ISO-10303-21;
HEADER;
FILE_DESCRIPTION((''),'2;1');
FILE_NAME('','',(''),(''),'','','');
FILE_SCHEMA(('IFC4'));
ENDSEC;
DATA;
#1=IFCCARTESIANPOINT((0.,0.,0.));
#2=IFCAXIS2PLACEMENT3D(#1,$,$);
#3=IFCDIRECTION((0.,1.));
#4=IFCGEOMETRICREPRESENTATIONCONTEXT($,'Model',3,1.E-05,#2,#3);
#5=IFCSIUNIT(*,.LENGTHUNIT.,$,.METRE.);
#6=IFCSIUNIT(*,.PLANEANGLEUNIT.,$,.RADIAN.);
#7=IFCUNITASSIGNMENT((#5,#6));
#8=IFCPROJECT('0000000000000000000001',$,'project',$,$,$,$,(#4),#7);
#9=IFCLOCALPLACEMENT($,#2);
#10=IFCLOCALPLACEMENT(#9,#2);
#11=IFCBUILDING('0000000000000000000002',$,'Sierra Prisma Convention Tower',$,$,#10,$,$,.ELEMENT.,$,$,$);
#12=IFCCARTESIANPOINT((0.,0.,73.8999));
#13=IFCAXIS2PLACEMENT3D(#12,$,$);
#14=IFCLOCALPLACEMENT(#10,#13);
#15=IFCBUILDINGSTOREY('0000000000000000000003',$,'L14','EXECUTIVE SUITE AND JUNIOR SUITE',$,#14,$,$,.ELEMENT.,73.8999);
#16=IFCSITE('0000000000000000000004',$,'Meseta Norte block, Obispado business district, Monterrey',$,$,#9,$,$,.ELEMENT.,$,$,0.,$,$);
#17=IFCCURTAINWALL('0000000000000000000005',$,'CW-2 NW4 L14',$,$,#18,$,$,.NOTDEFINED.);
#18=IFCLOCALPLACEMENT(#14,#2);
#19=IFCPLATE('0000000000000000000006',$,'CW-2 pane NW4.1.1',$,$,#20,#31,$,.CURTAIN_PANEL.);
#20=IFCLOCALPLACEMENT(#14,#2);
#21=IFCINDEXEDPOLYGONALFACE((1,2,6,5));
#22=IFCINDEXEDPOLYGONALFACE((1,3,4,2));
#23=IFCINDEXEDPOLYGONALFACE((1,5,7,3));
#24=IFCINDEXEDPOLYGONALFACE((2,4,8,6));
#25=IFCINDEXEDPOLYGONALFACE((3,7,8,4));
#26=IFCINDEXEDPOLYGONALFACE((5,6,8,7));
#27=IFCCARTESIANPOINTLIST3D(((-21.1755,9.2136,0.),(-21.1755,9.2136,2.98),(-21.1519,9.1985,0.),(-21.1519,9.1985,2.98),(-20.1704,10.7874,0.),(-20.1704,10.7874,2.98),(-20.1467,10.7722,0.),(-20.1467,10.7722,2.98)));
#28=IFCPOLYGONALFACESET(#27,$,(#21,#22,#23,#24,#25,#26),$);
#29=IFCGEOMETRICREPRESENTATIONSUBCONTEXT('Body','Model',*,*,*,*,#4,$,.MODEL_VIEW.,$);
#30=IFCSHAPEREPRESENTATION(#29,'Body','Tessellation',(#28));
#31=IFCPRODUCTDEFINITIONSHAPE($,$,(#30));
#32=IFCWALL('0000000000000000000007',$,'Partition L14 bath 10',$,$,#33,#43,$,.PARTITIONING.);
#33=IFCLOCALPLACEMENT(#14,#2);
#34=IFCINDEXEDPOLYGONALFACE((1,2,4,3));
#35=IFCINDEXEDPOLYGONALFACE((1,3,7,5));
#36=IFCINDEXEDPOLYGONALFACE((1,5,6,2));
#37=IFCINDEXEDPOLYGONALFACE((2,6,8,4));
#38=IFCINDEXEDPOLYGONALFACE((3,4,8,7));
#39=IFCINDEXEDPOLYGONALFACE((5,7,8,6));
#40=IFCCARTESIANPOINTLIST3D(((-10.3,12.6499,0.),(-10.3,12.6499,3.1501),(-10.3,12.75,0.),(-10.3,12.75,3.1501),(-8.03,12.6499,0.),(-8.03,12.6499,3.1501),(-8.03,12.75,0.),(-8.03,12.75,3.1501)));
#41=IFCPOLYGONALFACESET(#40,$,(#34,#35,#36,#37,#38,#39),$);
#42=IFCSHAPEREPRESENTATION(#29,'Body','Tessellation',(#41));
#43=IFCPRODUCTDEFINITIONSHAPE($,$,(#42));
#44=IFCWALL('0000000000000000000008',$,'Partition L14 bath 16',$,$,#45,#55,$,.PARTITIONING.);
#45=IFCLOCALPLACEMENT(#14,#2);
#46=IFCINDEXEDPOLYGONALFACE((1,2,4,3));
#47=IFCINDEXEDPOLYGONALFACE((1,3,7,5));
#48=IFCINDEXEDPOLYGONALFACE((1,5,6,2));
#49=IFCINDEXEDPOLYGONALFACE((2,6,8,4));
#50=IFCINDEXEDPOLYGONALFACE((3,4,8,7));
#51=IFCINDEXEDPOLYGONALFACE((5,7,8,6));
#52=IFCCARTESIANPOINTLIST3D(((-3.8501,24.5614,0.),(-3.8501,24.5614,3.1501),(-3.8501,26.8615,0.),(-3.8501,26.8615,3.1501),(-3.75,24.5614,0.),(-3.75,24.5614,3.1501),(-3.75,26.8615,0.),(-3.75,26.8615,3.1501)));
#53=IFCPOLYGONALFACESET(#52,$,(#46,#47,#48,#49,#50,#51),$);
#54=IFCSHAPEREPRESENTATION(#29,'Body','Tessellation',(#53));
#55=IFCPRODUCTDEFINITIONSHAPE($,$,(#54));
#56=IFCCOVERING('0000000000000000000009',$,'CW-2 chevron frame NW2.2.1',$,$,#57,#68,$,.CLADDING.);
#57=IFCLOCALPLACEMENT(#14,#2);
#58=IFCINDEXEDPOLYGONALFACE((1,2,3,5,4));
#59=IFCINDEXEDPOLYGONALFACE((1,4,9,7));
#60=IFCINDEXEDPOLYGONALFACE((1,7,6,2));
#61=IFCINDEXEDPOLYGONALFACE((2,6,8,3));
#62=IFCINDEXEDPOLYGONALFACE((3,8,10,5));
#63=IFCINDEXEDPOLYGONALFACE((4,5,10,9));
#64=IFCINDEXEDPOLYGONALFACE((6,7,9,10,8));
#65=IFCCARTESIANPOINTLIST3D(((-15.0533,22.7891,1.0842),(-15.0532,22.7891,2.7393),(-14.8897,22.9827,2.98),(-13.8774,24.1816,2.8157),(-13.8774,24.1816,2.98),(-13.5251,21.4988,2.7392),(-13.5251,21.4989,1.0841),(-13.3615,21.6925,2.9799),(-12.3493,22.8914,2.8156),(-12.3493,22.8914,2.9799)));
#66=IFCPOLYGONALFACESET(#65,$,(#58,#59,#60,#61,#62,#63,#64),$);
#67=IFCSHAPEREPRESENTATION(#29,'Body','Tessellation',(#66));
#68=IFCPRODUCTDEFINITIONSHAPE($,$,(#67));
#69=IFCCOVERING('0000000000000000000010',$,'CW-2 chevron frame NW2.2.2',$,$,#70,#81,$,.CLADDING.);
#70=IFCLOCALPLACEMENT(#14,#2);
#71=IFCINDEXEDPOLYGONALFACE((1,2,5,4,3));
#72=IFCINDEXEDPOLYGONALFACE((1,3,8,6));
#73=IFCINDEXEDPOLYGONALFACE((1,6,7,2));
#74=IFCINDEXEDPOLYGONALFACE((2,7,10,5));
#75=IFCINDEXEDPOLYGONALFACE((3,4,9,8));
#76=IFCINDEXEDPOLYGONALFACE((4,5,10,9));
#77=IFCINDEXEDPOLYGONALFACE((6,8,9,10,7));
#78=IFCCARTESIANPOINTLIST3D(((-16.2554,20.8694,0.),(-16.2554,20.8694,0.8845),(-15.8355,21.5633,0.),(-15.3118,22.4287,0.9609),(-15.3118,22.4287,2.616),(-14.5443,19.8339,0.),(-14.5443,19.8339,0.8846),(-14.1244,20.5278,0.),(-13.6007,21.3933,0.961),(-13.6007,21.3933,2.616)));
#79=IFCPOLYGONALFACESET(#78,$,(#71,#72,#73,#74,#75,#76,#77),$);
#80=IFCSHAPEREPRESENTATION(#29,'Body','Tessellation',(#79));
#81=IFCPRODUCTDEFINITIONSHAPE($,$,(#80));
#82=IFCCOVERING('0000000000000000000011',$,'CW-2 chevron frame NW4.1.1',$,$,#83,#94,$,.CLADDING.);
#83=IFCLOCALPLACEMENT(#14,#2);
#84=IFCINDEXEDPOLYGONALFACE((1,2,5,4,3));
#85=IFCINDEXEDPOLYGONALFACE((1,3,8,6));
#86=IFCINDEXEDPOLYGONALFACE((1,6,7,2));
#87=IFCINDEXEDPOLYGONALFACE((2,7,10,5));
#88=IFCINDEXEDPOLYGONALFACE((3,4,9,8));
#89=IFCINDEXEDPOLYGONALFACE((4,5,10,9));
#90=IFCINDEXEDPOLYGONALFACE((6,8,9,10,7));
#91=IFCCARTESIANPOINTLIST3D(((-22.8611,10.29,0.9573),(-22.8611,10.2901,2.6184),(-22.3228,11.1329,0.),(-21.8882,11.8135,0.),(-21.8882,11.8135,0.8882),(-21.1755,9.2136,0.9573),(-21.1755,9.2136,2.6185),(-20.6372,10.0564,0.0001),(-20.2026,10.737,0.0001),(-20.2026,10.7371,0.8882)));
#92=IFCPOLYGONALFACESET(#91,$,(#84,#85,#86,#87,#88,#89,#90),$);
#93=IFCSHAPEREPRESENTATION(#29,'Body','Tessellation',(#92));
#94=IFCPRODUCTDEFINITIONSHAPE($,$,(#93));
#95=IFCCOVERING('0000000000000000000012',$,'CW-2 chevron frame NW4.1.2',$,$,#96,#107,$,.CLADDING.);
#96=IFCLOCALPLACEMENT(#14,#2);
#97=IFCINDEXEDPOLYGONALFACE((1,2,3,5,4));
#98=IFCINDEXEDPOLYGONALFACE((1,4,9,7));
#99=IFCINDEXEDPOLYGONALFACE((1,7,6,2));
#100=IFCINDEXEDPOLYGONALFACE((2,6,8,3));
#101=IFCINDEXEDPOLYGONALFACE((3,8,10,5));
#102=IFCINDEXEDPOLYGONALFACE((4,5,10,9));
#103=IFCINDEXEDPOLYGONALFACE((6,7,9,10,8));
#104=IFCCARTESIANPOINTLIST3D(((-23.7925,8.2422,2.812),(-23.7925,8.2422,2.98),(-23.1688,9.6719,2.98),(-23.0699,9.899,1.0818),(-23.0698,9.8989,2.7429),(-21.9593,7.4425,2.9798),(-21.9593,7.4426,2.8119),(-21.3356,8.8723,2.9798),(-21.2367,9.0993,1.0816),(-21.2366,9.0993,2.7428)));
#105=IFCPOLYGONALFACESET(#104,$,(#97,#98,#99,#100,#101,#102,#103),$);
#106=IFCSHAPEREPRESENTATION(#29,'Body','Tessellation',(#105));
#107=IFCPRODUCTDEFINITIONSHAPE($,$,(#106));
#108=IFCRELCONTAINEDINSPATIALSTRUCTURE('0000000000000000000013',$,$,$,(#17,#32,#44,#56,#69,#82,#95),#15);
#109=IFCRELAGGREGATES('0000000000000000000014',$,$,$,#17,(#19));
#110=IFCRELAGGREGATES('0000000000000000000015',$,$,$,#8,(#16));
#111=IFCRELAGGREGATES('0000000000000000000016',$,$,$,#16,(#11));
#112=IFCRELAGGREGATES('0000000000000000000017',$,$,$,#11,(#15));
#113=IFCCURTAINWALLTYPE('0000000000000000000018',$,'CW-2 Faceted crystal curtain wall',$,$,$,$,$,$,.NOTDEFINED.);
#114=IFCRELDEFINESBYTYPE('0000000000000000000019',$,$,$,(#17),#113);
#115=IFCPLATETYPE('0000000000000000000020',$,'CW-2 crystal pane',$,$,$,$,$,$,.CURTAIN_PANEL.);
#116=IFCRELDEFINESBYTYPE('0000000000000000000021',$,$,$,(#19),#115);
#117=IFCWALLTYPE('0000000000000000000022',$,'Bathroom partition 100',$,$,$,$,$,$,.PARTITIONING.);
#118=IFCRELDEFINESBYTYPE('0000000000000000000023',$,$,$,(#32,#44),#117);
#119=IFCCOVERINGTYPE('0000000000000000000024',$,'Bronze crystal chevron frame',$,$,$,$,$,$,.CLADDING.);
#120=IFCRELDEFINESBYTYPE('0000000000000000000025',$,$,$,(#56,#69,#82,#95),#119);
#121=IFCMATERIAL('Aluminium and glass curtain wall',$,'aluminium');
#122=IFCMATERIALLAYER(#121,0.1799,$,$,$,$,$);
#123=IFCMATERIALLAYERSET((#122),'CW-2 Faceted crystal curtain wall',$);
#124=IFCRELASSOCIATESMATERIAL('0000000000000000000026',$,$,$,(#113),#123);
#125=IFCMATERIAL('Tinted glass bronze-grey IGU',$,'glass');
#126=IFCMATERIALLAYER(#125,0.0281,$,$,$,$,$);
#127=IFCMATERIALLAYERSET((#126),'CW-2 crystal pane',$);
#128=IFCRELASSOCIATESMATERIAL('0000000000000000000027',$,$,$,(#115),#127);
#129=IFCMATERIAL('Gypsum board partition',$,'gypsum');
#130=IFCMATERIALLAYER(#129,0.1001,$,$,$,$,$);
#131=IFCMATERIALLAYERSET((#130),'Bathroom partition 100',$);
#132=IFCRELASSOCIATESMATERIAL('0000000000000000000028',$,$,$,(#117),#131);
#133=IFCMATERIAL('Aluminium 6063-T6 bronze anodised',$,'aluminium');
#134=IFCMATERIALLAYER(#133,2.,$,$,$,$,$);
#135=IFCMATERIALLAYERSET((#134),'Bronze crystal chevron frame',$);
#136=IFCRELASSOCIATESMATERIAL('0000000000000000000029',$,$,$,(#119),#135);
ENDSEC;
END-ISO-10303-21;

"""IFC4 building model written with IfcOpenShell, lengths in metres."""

from ifc_helpers import new_model, si_unit, direction, frame, frame_2d, origin, place, context, subcontext, project, spatial, polyline, rectangle, outline, extrude, material, layer, layer_set, type_object, element, aggregate, save


model = new_model("IFC4")

# Units and contexts
model_context = context("Model", 3, precision=1e-05, world=origin(), true_north=direction((0.0, 1.0)))
body_context = subcontext(model_context, "Body", "Model", "MODEL_VIEW")
ifc_project = project(units=[si_unit("LENGTHUNIT", "METRE"), si_unit("PLANEANGLEUNIT", "RADIAN")], contexts=[model_context])

# Site, building, storey
site_placement = place(None, origin())
site = spatial("IfcSite", under=ifc_project, at=site_placement, Name="Meseta Norte block, Obispado business district, Monterrey", CompositionType="ELEMENT", RefElevation=0.0)
building_placement = place(site_placement, origin())
building = spatial("IfcBuilding", under=site, at=building_placement, Name="Sierra Prisma Convention Tower", CompositionType="ELEMENT")
storey_placement = place(building_placement, frame((0.0, 0.0, 73.8999)))
storey = spatial("IfcBuildingStorey", under=building, at=storey_placement, Name="L14", Description="EXECUTIVE SUITE AND JUNIOR SUITE", CompositionType="ELEMENT", Elevation=73.8999)

# Shared definitions
ifc_material_1 = material(Name="Aluminium and glass curtain wall", Category="aluminium")
ifc_layer_1 = layer(ifc_material_1, 0.1799)
ifc_layer_set_1 = layer_set([ifc_layer_1], Name="CW-2 Faceted crystal curtain wall")
curtain_wall_type_1 = type_object("IfcCurtainWallType", Name="CW-2 Faceted crystal curtain wall", PredefinedType="NOTDEFINED", material=ifc_layer_set_1)

# Curtain wall
curtain_wall_1_placement = place(storey_placement, origin())
curtain_wall_1 = element("IfcCurtainWall", 1, at=curtain_wall_1_placement, inside=storey, type_object=curtain_wall_type_1, Name="CW-2 NW4 L14", PredefinedType="NOTDEFINED")

# Plate
ifc_material_2 = material(Name="Tinted glass bronze-grey IGU", Category="glass")
ifc_layer_2 = layer(ifc_material_2, 0.0281)
ifc_layer_set_2 = layer_set([ifc_layer_2], Name="CW-2 crystal pane")
plate_type_1 = type_object("IfcPlateType", Name="CW-2 crystal pane", PredefinedType="CURTAIN_PANEL", material=ifc_layer_set_2)
plate_1_placement = place(storey_placement, frame((-20.1704, 10.7874, 0.0), z_axis=(-0.842772, 0.538271, 0.0), x_axis=(-0.538271, -0.842772, 0.0)))
plate_1 = element("IfcPlate", 2, at=plate_1_placement, type_object=plate_type_1, Name="CW-2 pane NW4.1.1", PredefinedType="CURTAIN_PANEL", context=body_context, shape_type="SweptSolid", body=[
    extrude(outline(polyline([(0.0, 0.0), (1.8673, 0.0), (1.8673, 2.98), (0.0, 2.98), (0.0, 0.0)])), origin(), (0.0, 0.0, -1.0), 0.0281),
])
aggregate(curtain_wall_1, [plate_1])

# Walls
ifc_material_3 = material(Name="Gypsum board partition", Category="gypsum")
ifc_layer_3 = layer(ifc_material_3, 0.1001)
ifc_layer_set_3 = layer_set([ifc_layer_3], Name="Bathroom partition 100")
wall_type = type_object("IfcWallType", Name="Bathroom partition 100", PredefinedType="PARTITIONING", material=ifc_layer_set_3)
wall_1_placement = place(storey_placement, frame((-10.3, 12.7, 0.0), z_axis=(0.0, 0.0, 1.0), x_axis=(1.0, 0.0, 0.0)))
element("IfcWall", 3, at=wall_1_placement, inside=storey, type_object=wall_type, Name="Partition L14 bath 10", PredefinedType="PARTITIONING", context=body_context, shape_type="SweptSolid", body=[
    extrude(rectangle(XDim=2.27, YDim=0.1001, at=frame_2d((1.135, 0.0))), origin(), (0.0, 0.0, 1.0), 3.1501),
])
wall_2_placement = place(storey_placement, frame((-3.8, 24.5615, 0.0), z_axis=(0.0, 0.0, 1.0), x_axis=(0.0, 1.0, 0.0)))
element("IfcWall", 4, at=wall_2_placement, inside=storey, type_object=wall_type, Name="Partition L14 bath 16", PredefinedType="PARTITIONING", context=body_context, shape_type="SweptSolid", body=[
    extrude(rectangle(XDim=2.3, YDim=0.1001, at=frame_2d((1.1499, 0.0))), origin(), (0.0, 0.0, 1.0), 3.1501),
])

# Coverings
ifc_material_4 = material(Name="Aluminium 6063-T6 bronze anodised", Category="aluminium")
ifc_layer_4 = layer(ifc_material_4, 2.0)
ifc_layer_set_4 = layer_set([ifc_layer_4], Name="Bronze crystal chevron frame")
covering_type = type_object("IfcCoveringType", Name="Bronze crystal chevron frame", PredefinedType="CLADDING", material=ifc_layer_set_4)
covering_1_placement = place(storey_placement, frame((-13.8774, 24.1816, 2.98), z_axis=(-0.76408, 0.645121, 0.000042), x_axis=(-0.000032, 0.000027, -1.0)))
element("IfcCovering", 5, at=covering_1_placement, inside=storey, type_object=covering_type, Name="CW-2 chevron frame NW2.2.1", PredefinedType="CLADDING", context=body_context, shape_type="SweptSolid", body=[
    extrude(outline(polyline([(0.0, 0.0), (0.1643, 0.0), (1.8958, 1.8226), (0.2407, 1.8226), (0.0, 1.5691), (0.0, 0.0)])), origin(), (0.0, 0.0, -1.0), 2.0),
])
covering_2_placement = place(storey_placement, frame((-16.2554, 20.8694, 0.0), z_axis=(-0.855545, 0.517729, -0.000014), x_axis=(-0.000012, 0.000007, 1.0)))
element("IfcCovering", 6, at=covering_2_placement, inside=storey, type_object=covering_type, Name="CW-2 chevron frame NW2.2.2", PredefinedType="CLADDING", context=body_context, shape_type="SweptSolid", body=[
    extrude(outline(polyline([(0.0, 0.0), (0.8845, 0.0), (2.616, 1.8226), (0.9609, 1.8226), (0.0, 0.811), (0.0, 0.0)])), origin(), (0.0, 0.0, -1.0), 2.0),
])
covering_3_placement = place(storey_placement, frame((-21.8882, 11.8135, 0.0), z_axis=(-0.842808, 0.538215, -0.000033), x_axis=(-0.538215, -0.842808, 0.0)))
element("IfcCovering", 7, at=covering_3_placement, inside=storey, type_object=covering_type, Name="CW-2 chevron frame NW4.1.1", PredefinedType="CLADDING", context=body_context, shape_type="SweptSolid", body=[
    extrude(outline(polyline([(0.0, 0.0), (0.8076, 0.0), (1.8076, 0.9573), (1.8076, 2.6184), (0.0, 0.8882), (0.0, 0.0)])), origin(), (0.0, 0.0, -1.0), 2.0),
])
covering_4_placement = place(storey_placement, frame((-23.0698, 9.8989, 2.7429), z_axis=(-0.916593, 0.399821, 0.000072), x_axis=(-0.000066, 0.000029, -1.0)))
element("IfcCovering", 8, at=covering_4_placement, inside=storey, type_object=covering_type, Name="CW-2 chevron frame NW4.1.2", PredefinedType="CLADDING", context=body_context, shape_type="SweptSolid", body=[
    extrude(outline(polyline([(0.0, 0.0), (1.6611, 0.0), (-0.0691, 1.8075), (-0.2371, 1.8075), (-0.2371, 0.2476), (0.0, 0.0)])), origin(), (0.0, 0.0, -1.0), 2.0),
])

save(model, "model.ifc")
